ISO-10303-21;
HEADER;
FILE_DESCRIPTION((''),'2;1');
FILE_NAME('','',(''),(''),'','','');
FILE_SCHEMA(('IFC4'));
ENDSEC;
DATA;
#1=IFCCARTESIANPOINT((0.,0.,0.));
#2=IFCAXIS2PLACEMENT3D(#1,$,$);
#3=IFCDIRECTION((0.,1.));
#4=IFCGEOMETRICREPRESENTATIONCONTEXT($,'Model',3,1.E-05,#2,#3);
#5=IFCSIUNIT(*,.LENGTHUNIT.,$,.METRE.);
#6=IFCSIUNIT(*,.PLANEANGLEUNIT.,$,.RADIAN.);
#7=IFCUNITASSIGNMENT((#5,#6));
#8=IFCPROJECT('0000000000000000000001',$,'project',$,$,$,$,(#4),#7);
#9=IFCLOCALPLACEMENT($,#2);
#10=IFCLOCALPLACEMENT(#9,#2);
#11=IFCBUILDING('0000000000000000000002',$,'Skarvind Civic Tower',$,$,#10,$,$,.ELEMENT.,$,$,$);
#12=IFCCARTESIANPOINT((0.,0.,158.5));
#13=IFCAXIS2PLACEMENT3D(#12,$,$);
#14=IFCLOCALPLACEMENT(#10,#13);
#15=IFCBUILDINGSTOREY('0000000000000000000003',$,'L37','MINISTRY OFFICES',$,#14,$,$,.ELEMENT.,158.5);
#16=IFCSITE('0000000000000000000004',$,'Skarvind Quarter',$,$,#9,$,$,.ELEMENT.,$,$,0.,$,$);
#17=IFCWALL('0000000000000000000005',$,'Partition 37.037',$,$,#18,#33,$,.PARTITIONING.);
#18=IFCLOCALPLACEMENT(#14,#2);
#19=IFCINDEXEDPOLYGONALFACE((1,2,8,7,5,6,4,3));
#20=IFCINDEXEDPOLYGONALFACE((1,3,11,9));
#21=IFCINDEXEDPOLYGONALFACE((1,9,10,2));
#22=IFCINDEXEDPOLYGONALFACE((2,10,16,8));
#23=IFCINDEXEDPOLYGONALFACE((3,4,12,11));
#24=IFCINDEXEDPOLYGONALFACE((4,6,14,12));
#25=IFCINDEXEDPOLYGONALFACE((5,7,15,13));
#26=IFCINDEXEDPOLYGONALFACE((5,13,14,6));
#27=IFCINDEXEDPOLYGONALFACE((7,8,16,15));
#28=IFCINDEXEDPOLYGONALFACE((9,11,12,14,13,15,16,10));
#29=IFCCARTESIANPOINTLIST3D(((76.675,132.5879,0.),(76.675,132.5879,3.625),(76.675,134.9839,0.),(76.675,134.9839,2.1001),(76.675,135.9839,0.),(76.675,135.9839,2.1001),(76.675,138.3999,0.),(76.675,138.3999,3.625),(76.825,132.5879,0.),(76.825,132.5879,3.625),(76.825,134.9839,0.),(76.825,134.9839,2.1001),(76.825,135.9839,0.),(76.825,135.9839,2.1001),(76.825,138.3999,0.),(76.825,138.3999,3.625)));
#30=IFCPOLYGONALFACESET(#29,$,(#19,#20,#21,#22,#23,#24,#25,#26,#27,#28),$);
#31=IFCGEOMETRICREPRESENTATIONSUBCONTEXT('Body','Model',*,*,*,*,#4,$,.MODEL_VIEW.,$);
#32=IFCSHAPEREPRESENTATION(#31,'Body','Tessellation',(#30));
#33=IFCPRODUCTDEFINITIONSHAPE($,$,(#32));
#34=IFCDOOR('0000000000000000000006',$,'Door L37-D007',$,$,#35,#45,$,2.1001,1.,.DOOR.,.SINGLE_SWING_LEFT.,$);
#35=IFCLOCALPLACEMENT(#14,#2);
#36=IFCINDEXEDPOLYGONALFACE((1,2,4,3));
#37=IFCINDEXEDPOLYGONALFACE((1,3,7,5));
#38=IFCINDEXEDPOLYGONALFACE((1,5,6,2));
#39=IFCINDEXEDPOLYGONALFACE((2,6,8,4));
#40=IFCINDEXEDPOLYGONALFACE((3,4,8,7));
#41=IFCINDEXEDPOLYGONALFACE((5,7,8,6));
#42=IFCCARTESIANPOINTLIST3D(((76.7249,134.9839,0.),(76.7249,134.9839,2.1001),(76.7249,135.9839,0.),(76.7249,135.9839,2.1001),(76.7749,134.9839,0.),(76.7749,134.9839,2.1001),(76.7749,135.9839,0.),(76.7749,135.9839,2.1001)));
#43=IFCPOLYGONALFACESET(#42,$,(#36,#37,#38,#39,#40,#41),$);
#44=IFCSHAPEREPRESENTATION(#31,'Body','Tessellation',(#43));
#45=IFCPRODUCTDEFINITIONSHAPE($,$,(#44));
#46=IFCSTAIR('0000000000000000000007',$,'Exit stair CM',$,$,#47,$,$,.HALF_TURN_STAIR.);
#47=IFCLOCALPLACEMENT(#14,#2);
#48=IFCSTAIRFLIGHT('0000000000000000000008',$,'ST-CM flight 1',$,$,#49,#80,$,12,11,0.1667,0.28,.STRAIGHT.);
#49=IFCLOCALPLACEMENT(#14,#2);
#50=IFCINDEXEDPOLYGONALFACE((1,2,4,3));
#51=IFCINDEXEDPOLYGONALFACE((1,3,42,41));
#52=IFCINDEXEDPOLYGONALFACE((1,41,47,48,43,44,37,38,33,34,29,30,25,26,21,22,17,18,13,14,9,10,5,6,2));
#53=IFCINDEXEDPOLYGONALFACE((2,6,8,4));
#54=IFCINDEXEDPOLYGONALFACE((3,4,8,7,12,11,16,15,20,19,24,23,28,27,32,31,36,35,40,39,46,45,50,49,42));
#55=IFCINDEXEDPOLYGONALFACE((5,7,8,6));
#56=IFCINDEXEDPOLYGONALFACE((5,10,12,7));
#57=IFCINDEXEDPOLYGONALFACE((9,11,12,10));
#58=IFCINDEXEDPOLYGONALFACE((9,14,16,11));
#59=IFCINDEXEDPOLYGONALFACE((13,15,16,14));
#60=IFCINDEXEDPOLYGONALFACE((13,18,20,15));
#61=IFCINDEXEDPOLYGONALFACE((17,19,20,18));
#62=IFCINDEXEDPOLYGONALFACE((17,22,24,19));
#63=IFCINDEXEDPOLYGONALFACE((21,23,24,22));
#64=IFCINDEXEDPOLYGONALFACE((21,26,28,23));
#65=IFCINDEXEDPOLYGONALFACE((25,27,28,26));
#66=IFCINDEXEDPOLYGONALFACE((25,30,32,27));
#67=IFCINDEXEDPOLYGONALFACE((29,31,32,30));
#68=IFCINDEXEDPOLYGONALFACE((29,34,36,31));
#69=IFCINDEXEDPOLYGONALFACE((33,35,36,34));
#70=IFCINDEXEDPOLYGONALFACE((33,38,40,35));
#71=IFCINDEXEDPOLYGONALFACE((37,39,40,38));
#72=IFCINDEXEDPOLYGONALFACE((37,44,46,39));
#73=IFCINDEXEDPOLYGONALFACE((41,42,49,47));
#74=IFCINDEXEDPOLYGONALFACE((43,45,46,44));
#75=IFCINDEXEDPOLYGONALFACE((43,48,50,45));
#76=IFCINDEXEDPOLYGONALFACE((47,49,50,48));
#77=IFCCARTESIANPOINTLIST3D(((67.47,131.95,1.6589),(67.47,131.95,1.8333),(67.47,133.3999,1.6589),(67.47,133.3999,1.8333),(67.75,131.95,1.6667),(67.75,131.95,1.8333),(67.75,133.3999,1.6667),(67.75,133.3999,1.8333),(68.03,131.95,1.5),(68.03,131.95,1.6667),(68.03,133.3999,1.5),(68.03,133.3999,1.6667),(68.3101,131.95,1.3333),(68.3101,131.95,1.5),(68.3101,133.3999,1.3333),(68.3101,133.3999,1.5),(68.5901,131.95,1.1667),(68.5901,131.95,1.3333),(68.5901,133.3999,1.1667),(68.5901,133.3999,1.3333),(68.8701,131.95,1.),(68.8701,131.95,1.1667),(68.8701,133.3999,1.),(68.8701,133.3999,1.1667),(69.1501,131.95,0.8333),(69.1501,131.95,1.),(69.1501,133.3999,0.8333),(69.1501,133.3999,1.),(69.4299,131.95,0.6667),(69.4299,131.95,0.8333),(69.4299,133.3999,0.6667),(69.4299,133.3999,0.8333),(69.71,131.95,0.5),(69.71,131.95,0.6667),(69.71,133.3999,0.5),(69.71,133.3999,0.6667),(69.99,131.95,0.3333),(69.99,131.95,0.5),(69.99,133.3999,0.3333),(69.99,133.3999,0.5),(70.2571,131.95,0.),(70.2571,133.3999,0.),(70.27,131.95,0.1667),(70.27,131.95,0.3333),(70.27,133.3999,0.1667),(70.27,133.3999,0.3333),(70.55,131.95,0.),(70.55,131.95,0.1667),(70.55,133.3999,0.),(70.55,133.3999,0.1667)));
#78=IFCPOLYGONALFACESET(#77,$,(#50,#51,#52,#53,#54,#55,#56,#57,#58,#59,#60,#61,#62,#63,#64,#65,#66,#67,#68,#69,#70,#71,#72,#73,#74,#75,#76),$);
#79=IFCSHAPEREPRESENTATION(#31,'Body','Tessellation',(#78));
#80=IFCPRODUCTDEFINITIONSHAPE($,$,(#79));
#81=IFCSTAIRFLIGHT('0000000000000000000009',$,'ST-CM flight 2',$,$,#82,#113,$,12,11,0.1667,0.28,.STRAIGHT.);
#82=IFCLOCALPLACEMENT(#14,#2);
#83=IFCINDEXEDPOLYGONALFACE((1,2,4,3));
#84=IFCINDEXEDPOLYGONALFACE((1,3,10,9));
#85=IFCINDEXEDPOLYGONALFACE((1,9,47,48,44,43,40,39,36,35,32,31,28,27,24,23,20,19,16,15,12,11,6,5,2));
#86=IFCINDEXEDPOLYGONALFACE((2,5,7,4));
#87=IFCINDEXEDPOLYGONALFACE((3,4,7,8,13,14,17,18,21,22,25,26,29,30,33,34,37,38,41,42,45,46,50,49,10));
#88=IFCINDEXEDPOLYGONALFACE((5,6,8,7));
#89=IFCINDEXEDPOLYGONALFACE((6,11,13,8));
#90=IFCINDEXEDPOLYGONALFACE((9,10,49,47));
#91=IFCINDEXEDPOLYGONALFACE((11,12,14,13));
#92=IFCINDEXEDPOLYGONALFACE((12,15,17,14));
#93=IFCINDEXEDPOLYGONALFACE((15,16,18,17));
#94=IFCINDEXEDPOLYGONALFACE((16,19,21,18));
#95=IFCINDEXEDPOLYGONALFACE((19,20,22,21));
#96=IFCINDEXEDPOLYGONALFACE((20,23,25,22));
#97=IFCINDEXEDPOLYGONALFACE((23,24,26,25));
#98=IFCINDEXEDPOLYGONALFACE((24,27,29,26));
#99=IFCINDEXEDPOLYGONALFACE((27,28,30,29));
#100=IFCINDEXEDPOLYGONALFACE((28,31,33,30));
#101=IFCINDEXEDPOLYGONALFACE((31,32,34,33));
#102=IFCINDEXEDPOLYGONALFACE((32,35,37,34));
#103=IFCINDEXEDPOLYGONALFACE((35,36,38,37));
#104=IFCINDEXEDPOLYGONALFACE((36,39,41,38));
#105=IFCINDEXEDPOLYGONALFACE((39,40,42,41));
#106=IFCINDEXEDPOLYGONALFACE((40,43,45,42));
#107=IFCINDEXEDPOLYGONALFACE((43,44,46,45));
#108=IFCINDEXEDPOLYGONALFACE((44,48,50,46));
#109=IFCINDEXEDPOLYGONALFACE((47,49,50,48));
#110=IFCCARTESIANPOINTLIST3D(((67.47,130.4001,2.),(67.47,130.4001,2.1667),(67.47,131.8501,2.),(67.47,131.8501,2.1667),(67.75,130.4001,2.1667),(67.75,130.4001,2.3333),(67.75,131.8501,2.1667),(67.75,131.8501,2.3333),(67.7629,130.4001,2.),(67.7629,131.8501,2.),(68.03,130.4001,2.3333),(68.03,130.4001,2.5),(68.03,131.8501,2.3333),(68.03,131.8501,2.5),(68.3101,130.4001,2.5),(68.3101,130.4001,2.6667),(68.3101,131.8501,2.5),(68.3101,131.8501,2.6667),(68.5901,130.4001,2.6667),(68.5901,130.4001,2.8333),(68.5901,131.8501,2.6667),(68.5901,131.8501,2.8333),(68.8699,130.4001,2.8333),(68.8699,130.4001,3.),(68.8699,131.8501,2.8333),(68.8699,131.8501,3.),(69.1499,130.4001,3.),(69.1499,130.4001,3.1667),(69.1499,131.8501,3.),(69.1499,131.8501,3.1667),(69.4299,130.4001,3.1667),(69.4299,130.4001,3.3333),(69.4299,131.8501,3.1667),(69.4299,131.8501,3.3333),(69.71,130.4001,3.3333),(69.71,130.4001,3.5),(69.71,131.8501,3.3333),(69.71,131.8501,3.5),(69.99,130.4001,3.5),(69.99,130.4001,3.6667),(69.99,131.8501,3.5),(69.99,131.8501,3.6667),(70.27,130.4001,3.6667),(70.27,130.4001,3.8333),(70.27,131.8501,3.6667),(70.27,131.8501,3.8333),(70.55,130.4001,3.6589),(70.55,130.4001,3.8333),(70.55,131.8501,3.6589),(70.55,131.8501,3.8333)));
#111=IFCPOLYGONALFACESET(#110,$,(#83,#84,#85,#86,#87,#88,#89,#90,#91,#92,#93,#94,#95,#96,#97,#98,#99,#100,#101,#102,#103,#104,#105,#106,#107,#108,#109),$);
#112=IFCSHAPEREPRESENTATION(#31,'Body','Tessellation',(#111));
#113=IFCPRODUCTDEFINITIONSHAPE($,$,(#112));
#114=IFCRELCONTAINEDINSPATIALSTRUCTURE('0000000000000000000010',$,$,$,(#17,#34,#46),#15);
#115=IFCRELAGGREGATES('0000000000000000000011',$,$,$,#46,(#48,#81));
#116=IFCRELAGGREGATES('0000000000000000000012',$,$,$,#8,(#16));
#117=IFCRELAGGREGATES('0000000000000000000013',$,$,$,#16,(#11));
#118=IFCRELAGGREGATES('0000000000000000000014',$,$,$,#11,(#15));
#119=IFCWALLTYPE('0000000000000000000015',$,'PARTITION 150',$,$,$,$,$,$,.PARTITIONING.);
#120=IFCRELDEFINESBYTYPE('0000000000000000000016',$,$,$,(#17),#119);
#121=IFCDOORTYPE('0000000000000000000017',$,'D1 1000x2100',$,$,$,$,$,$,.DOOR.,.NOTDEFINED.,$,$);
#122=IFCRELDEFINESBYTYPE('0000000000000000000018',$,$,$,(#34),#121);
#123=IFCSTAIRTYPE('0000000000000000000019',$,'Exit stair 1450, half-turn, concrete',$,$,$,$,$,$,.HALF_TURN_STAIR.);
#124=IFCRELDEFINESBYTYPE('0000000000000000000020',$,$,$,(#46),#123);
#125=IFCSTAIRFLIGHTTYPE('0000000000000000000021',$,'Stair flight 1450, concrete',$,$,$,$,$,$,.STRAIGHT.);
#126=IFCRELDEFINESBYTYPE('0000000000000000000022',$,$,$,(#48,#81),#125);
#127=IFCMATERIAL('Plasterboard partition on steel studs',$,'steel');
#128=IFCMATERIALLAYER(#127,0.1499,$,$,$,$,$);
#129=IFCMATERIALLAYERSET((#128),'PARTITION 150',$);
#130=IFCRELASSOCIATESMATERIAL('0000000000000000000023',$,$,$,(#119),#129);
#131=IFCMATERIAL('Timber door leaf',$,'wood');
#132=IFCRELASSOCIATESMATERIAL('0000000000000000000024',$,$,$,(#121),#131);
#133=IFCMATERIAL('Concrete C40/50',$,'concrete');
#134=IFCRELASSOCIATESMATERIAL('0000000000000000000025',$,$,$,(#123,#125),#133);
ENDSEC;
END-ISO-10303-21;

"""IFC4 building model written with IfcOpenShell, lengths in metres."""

from ifc_helpers import new_model, si_unit, direction, frame, frame_2d, origin, place, context, subcontext, project, spatial, polyline, rectangle, outline, extrude, material, layer, layer_set, type_object, element, fill, aggregate, save


model = new_model("IFC4")

# Units and contexts
model_context = context("Model", 3, precision=1e-05, world=origin(), true_north=direction((0.0, 1.0)))
body_context = subcontext(model_context, "Body", "Model", "MODEL_VIEW")
ifc_project = project(units=[si_unit("LENGTHUNIT", "METRE"), si_unit("PLANEANGLEUNIT", "RADIAN")], contexts=[model_context])

# Site, building, storey
site_placement = place(None, origin())
site = spatial("IfcSite", under=ifc_project, at=site_placement, Name="Skarvind Quarter", CompositionType="ELEMENT", RefElevation=0.0)
building_placement = place(site_placement, origin())
building = spatial("IfcBuilding", under=site, at=building_placement, Name="Skarvind Civic Tower", CompositionType="ELEMENT")
storey_placement = place(building_placement, frame((0.0, 0.0, 158.5)))
storey = spatial("IfcBuildingStorey", under=building, at=storey_placement, Name="L37", Description="MINISTRY OFFICES", CompositionType="ELEMENT", Elevation=158.5)

# Shared definitions
ifc_material_1 = material(Name="Timber door leaf", Category="wood")

# Shared definitions
ifc_material_2 = material(Name="Plasterboard partition on steel studs", Category="steel")
ifc_layer_1 = layer(ifc_material_2, 0.1499)
ifc_layer_set_1 = layer_set([ifc_layer_1], Name="PARTITION 150")
wall_type_1 = type_object("IfcWallType", Name="PARTITION 150", PredefinedType="PARTITIONING", material=ifc_layer_set_1)
door_type_1 = type_object("IfcDoorType", Name="D1 1000x2100", OperationType="NOTDEFINED", PredefinedType="DOOR", material=ifc_material_1)

# Wall, opening, door
wall_1_placement = place(storey_placement, frame((76.75, 138.3999, 0.0), z_axis=(0.0, 0.0, 1.0), x_axis=(0.0, -1.0, 0.0)))
wall_1 = element("IfcWall", 1, at=wall_1_placement, inside=storey, type_object=wall_type_1, Name="Partition 37.037", PredefinedType="PARTITIONING", context=body_context, shape_type="SweptSolid", body=[
    extrude(rectangle(XDim=5.812, YDim=0.1499, at=frame_2d((2.906, 0.0))), origin(), (0.0, 0.0, 1.0), 3.625),
])
opening_1_placement = place(wall_1_placement, frame((2.416, 0.0, 0.0)))
opening_1 = element("IfcOpeningElement", 2, at=opening_1_placement, cuts=wall_1, PredefinedType="OPENING", context=body_context, shape_type="SweptSolid", body=[
    extrude(rectangle(XDim=1.0, YDim=2.1001, at=frame_2d((0.5, 1.05))), frame((0.0, 0.085, 0.0), z_axis=(0.0, -1.0, 0.0), x_axis=(1.0, 0.0, 0.0)), (0.0, 0.0, 1.0), 0.1699),
])
door_1_placement = place(opening_1_placement, origin())
door_1 = element("IfcDoor", 3, at=door_1_placement, inside=storey, type_object=door_type_1, Name="Door L37-D007", OperationType="SINGLE_SWING_LEFT", OverallHeight=2.1001, OverallWidth=1.0, PredefinedType="DOOR", context=body_context, shape_type="SweptSolid", body=[
    extrude(rectangle(XDim=1.0, YDim=2.1001, at=frame_2d((0.5, 1.05))), frame((0.0, 0.0249, 0.0), z_axis=(0.0, -1.0, 0.0), x_axis=(1.0, 0.0, 0.0)), (0.0, 0.0, 1.0), 0.05),
])
fill(opening_1, door_1)

# Stair, stair flights
ifc_material_3 = material(Name="Concrete C40/50", Category="concrete")
stair_type = type_object("IfcStairType", Name="Exit stair 1450, half-turn, concrete", PredefinedType="HALF_TURN_STAIR", material=ifc_material_3)
stair_placement = place(storey_placement, origin())
stair = element("IfcStair", 4, at=stair_placement, inside=storey, type_object=stair_type, Name="Exit stair CM", PredefinedType="HALF_TURN_STAIR")
stair_flight_type = type_object("IfcStairFlightType", Name="Stair flight 1450, concrete", PredefinedType="STRAIGHT", material=ifc_material_3)
stair_flight_1_placement = place(storey_placement, frame((70.55, 132.675, 0.0), z_axis=(0.0, 0.0, 1.0), x_axis=(-1.0, 0.0, 0.0)))
stair_flight_1 = element("IfcStairFlight", 5, at=stair_flight_1_placement, type_object=stair_flight_type, Name="ST-CM flight 1", NumberOfRisers=12, NumberOfTreads=11, PredefinedType="STRAIGHT", RiserHeight=0.1667, TreadLength=0.28, context=body_context, shape_type="SweptSolid", body=[
    extrude(outline(polyline([(0.0, 0.0), (0.0, 0.1667), (0.28, 0.1667), (0.28, 0.3333), (0.5601, 0.3333), (0.5601, 0.5), (0.8401, 0.5), (0.8401, 0.6667), (1.1201, 0.6667), (1.1201, 0.8333), (1.3999, 0.8333), (1.3999, 1.0), (1.6799, 1.0), (1.6799, 1.1667), (1.96, 1.1667), (1.96, 1.3333), (2.24, 1.3333), (2.24, 1.5), (2.52, 1.5), (2.52, 1.6667), (2.8, 1.6667), (2.8, 1.8333), (3.0801, 1.8333), (3.0801, 2.0), (3.0801, 1.6589), (0.293, 0.0), (0.0, 0.0)])), frame((0.0, 0.7251, 0.0), z_axis=(0.0, -1.0, 0.0), x_axis=(1.0, 0.0, 0.0)), (0.0, 0.0, 1.0), 1.45),
])
stair_flight_2_placement = place(storey_placement, frame((67.47, 131.125, 2.0), z_axis=(0.0, 0.0, 1.0), x_axis=(1.0, 0.0, 0.0)))
stair_flight_2 = element("IfcStairFlight", 6, at=stair_flight_2_placement, type_object=stair_flight_type, Name="ST-CM flight 2", NumberOfRisers=12, NumberOfTreads=11, PredefinedType="STRAIGHT", RiserHeight=0.1667, TreadLength=0.28, context=body_context, shape_type="SweptSolid", body=[
    extrude(outline(polyline([(0.0, 0.0), (0.0, 0.1667), (0.28, 0.1667), (0.28, 0.3333), (0.5601, 0.3333), (0.5601, 0.5), (0.8401, 0.5), (0.8401, 0.6667), (1.1201, 0.6667), (1.1201, 0.8333), (1.3999, 0.8333), (1.3999, 1.0), (1.6799, 1.0), (1.6799, 1.1667), (1.96, 1.1667), (1.96, 1.3333), (2.24, 1.3333), (2.24, 1.5), (2.52, 1.5), (2.52, 1.6667), (2.8, 1.6667), (2.8, 1.8333), (3.0801, 1.8333), (3.0801, 2.0), (3.0801, 1.6589), (0.293, 0.0), (0.0, 0.0)])), frame((0.0, 0.7251, 0.0), z_axis=(0.0, -1.0, 0.0), x_axis=(1.0, 0.0, 0.0)), (0.0, 0.0, 1.0), 1.45),
])
aggregate(stair, [stair_flight_1, stair_flight_2])

save(model, "model.ifc")
